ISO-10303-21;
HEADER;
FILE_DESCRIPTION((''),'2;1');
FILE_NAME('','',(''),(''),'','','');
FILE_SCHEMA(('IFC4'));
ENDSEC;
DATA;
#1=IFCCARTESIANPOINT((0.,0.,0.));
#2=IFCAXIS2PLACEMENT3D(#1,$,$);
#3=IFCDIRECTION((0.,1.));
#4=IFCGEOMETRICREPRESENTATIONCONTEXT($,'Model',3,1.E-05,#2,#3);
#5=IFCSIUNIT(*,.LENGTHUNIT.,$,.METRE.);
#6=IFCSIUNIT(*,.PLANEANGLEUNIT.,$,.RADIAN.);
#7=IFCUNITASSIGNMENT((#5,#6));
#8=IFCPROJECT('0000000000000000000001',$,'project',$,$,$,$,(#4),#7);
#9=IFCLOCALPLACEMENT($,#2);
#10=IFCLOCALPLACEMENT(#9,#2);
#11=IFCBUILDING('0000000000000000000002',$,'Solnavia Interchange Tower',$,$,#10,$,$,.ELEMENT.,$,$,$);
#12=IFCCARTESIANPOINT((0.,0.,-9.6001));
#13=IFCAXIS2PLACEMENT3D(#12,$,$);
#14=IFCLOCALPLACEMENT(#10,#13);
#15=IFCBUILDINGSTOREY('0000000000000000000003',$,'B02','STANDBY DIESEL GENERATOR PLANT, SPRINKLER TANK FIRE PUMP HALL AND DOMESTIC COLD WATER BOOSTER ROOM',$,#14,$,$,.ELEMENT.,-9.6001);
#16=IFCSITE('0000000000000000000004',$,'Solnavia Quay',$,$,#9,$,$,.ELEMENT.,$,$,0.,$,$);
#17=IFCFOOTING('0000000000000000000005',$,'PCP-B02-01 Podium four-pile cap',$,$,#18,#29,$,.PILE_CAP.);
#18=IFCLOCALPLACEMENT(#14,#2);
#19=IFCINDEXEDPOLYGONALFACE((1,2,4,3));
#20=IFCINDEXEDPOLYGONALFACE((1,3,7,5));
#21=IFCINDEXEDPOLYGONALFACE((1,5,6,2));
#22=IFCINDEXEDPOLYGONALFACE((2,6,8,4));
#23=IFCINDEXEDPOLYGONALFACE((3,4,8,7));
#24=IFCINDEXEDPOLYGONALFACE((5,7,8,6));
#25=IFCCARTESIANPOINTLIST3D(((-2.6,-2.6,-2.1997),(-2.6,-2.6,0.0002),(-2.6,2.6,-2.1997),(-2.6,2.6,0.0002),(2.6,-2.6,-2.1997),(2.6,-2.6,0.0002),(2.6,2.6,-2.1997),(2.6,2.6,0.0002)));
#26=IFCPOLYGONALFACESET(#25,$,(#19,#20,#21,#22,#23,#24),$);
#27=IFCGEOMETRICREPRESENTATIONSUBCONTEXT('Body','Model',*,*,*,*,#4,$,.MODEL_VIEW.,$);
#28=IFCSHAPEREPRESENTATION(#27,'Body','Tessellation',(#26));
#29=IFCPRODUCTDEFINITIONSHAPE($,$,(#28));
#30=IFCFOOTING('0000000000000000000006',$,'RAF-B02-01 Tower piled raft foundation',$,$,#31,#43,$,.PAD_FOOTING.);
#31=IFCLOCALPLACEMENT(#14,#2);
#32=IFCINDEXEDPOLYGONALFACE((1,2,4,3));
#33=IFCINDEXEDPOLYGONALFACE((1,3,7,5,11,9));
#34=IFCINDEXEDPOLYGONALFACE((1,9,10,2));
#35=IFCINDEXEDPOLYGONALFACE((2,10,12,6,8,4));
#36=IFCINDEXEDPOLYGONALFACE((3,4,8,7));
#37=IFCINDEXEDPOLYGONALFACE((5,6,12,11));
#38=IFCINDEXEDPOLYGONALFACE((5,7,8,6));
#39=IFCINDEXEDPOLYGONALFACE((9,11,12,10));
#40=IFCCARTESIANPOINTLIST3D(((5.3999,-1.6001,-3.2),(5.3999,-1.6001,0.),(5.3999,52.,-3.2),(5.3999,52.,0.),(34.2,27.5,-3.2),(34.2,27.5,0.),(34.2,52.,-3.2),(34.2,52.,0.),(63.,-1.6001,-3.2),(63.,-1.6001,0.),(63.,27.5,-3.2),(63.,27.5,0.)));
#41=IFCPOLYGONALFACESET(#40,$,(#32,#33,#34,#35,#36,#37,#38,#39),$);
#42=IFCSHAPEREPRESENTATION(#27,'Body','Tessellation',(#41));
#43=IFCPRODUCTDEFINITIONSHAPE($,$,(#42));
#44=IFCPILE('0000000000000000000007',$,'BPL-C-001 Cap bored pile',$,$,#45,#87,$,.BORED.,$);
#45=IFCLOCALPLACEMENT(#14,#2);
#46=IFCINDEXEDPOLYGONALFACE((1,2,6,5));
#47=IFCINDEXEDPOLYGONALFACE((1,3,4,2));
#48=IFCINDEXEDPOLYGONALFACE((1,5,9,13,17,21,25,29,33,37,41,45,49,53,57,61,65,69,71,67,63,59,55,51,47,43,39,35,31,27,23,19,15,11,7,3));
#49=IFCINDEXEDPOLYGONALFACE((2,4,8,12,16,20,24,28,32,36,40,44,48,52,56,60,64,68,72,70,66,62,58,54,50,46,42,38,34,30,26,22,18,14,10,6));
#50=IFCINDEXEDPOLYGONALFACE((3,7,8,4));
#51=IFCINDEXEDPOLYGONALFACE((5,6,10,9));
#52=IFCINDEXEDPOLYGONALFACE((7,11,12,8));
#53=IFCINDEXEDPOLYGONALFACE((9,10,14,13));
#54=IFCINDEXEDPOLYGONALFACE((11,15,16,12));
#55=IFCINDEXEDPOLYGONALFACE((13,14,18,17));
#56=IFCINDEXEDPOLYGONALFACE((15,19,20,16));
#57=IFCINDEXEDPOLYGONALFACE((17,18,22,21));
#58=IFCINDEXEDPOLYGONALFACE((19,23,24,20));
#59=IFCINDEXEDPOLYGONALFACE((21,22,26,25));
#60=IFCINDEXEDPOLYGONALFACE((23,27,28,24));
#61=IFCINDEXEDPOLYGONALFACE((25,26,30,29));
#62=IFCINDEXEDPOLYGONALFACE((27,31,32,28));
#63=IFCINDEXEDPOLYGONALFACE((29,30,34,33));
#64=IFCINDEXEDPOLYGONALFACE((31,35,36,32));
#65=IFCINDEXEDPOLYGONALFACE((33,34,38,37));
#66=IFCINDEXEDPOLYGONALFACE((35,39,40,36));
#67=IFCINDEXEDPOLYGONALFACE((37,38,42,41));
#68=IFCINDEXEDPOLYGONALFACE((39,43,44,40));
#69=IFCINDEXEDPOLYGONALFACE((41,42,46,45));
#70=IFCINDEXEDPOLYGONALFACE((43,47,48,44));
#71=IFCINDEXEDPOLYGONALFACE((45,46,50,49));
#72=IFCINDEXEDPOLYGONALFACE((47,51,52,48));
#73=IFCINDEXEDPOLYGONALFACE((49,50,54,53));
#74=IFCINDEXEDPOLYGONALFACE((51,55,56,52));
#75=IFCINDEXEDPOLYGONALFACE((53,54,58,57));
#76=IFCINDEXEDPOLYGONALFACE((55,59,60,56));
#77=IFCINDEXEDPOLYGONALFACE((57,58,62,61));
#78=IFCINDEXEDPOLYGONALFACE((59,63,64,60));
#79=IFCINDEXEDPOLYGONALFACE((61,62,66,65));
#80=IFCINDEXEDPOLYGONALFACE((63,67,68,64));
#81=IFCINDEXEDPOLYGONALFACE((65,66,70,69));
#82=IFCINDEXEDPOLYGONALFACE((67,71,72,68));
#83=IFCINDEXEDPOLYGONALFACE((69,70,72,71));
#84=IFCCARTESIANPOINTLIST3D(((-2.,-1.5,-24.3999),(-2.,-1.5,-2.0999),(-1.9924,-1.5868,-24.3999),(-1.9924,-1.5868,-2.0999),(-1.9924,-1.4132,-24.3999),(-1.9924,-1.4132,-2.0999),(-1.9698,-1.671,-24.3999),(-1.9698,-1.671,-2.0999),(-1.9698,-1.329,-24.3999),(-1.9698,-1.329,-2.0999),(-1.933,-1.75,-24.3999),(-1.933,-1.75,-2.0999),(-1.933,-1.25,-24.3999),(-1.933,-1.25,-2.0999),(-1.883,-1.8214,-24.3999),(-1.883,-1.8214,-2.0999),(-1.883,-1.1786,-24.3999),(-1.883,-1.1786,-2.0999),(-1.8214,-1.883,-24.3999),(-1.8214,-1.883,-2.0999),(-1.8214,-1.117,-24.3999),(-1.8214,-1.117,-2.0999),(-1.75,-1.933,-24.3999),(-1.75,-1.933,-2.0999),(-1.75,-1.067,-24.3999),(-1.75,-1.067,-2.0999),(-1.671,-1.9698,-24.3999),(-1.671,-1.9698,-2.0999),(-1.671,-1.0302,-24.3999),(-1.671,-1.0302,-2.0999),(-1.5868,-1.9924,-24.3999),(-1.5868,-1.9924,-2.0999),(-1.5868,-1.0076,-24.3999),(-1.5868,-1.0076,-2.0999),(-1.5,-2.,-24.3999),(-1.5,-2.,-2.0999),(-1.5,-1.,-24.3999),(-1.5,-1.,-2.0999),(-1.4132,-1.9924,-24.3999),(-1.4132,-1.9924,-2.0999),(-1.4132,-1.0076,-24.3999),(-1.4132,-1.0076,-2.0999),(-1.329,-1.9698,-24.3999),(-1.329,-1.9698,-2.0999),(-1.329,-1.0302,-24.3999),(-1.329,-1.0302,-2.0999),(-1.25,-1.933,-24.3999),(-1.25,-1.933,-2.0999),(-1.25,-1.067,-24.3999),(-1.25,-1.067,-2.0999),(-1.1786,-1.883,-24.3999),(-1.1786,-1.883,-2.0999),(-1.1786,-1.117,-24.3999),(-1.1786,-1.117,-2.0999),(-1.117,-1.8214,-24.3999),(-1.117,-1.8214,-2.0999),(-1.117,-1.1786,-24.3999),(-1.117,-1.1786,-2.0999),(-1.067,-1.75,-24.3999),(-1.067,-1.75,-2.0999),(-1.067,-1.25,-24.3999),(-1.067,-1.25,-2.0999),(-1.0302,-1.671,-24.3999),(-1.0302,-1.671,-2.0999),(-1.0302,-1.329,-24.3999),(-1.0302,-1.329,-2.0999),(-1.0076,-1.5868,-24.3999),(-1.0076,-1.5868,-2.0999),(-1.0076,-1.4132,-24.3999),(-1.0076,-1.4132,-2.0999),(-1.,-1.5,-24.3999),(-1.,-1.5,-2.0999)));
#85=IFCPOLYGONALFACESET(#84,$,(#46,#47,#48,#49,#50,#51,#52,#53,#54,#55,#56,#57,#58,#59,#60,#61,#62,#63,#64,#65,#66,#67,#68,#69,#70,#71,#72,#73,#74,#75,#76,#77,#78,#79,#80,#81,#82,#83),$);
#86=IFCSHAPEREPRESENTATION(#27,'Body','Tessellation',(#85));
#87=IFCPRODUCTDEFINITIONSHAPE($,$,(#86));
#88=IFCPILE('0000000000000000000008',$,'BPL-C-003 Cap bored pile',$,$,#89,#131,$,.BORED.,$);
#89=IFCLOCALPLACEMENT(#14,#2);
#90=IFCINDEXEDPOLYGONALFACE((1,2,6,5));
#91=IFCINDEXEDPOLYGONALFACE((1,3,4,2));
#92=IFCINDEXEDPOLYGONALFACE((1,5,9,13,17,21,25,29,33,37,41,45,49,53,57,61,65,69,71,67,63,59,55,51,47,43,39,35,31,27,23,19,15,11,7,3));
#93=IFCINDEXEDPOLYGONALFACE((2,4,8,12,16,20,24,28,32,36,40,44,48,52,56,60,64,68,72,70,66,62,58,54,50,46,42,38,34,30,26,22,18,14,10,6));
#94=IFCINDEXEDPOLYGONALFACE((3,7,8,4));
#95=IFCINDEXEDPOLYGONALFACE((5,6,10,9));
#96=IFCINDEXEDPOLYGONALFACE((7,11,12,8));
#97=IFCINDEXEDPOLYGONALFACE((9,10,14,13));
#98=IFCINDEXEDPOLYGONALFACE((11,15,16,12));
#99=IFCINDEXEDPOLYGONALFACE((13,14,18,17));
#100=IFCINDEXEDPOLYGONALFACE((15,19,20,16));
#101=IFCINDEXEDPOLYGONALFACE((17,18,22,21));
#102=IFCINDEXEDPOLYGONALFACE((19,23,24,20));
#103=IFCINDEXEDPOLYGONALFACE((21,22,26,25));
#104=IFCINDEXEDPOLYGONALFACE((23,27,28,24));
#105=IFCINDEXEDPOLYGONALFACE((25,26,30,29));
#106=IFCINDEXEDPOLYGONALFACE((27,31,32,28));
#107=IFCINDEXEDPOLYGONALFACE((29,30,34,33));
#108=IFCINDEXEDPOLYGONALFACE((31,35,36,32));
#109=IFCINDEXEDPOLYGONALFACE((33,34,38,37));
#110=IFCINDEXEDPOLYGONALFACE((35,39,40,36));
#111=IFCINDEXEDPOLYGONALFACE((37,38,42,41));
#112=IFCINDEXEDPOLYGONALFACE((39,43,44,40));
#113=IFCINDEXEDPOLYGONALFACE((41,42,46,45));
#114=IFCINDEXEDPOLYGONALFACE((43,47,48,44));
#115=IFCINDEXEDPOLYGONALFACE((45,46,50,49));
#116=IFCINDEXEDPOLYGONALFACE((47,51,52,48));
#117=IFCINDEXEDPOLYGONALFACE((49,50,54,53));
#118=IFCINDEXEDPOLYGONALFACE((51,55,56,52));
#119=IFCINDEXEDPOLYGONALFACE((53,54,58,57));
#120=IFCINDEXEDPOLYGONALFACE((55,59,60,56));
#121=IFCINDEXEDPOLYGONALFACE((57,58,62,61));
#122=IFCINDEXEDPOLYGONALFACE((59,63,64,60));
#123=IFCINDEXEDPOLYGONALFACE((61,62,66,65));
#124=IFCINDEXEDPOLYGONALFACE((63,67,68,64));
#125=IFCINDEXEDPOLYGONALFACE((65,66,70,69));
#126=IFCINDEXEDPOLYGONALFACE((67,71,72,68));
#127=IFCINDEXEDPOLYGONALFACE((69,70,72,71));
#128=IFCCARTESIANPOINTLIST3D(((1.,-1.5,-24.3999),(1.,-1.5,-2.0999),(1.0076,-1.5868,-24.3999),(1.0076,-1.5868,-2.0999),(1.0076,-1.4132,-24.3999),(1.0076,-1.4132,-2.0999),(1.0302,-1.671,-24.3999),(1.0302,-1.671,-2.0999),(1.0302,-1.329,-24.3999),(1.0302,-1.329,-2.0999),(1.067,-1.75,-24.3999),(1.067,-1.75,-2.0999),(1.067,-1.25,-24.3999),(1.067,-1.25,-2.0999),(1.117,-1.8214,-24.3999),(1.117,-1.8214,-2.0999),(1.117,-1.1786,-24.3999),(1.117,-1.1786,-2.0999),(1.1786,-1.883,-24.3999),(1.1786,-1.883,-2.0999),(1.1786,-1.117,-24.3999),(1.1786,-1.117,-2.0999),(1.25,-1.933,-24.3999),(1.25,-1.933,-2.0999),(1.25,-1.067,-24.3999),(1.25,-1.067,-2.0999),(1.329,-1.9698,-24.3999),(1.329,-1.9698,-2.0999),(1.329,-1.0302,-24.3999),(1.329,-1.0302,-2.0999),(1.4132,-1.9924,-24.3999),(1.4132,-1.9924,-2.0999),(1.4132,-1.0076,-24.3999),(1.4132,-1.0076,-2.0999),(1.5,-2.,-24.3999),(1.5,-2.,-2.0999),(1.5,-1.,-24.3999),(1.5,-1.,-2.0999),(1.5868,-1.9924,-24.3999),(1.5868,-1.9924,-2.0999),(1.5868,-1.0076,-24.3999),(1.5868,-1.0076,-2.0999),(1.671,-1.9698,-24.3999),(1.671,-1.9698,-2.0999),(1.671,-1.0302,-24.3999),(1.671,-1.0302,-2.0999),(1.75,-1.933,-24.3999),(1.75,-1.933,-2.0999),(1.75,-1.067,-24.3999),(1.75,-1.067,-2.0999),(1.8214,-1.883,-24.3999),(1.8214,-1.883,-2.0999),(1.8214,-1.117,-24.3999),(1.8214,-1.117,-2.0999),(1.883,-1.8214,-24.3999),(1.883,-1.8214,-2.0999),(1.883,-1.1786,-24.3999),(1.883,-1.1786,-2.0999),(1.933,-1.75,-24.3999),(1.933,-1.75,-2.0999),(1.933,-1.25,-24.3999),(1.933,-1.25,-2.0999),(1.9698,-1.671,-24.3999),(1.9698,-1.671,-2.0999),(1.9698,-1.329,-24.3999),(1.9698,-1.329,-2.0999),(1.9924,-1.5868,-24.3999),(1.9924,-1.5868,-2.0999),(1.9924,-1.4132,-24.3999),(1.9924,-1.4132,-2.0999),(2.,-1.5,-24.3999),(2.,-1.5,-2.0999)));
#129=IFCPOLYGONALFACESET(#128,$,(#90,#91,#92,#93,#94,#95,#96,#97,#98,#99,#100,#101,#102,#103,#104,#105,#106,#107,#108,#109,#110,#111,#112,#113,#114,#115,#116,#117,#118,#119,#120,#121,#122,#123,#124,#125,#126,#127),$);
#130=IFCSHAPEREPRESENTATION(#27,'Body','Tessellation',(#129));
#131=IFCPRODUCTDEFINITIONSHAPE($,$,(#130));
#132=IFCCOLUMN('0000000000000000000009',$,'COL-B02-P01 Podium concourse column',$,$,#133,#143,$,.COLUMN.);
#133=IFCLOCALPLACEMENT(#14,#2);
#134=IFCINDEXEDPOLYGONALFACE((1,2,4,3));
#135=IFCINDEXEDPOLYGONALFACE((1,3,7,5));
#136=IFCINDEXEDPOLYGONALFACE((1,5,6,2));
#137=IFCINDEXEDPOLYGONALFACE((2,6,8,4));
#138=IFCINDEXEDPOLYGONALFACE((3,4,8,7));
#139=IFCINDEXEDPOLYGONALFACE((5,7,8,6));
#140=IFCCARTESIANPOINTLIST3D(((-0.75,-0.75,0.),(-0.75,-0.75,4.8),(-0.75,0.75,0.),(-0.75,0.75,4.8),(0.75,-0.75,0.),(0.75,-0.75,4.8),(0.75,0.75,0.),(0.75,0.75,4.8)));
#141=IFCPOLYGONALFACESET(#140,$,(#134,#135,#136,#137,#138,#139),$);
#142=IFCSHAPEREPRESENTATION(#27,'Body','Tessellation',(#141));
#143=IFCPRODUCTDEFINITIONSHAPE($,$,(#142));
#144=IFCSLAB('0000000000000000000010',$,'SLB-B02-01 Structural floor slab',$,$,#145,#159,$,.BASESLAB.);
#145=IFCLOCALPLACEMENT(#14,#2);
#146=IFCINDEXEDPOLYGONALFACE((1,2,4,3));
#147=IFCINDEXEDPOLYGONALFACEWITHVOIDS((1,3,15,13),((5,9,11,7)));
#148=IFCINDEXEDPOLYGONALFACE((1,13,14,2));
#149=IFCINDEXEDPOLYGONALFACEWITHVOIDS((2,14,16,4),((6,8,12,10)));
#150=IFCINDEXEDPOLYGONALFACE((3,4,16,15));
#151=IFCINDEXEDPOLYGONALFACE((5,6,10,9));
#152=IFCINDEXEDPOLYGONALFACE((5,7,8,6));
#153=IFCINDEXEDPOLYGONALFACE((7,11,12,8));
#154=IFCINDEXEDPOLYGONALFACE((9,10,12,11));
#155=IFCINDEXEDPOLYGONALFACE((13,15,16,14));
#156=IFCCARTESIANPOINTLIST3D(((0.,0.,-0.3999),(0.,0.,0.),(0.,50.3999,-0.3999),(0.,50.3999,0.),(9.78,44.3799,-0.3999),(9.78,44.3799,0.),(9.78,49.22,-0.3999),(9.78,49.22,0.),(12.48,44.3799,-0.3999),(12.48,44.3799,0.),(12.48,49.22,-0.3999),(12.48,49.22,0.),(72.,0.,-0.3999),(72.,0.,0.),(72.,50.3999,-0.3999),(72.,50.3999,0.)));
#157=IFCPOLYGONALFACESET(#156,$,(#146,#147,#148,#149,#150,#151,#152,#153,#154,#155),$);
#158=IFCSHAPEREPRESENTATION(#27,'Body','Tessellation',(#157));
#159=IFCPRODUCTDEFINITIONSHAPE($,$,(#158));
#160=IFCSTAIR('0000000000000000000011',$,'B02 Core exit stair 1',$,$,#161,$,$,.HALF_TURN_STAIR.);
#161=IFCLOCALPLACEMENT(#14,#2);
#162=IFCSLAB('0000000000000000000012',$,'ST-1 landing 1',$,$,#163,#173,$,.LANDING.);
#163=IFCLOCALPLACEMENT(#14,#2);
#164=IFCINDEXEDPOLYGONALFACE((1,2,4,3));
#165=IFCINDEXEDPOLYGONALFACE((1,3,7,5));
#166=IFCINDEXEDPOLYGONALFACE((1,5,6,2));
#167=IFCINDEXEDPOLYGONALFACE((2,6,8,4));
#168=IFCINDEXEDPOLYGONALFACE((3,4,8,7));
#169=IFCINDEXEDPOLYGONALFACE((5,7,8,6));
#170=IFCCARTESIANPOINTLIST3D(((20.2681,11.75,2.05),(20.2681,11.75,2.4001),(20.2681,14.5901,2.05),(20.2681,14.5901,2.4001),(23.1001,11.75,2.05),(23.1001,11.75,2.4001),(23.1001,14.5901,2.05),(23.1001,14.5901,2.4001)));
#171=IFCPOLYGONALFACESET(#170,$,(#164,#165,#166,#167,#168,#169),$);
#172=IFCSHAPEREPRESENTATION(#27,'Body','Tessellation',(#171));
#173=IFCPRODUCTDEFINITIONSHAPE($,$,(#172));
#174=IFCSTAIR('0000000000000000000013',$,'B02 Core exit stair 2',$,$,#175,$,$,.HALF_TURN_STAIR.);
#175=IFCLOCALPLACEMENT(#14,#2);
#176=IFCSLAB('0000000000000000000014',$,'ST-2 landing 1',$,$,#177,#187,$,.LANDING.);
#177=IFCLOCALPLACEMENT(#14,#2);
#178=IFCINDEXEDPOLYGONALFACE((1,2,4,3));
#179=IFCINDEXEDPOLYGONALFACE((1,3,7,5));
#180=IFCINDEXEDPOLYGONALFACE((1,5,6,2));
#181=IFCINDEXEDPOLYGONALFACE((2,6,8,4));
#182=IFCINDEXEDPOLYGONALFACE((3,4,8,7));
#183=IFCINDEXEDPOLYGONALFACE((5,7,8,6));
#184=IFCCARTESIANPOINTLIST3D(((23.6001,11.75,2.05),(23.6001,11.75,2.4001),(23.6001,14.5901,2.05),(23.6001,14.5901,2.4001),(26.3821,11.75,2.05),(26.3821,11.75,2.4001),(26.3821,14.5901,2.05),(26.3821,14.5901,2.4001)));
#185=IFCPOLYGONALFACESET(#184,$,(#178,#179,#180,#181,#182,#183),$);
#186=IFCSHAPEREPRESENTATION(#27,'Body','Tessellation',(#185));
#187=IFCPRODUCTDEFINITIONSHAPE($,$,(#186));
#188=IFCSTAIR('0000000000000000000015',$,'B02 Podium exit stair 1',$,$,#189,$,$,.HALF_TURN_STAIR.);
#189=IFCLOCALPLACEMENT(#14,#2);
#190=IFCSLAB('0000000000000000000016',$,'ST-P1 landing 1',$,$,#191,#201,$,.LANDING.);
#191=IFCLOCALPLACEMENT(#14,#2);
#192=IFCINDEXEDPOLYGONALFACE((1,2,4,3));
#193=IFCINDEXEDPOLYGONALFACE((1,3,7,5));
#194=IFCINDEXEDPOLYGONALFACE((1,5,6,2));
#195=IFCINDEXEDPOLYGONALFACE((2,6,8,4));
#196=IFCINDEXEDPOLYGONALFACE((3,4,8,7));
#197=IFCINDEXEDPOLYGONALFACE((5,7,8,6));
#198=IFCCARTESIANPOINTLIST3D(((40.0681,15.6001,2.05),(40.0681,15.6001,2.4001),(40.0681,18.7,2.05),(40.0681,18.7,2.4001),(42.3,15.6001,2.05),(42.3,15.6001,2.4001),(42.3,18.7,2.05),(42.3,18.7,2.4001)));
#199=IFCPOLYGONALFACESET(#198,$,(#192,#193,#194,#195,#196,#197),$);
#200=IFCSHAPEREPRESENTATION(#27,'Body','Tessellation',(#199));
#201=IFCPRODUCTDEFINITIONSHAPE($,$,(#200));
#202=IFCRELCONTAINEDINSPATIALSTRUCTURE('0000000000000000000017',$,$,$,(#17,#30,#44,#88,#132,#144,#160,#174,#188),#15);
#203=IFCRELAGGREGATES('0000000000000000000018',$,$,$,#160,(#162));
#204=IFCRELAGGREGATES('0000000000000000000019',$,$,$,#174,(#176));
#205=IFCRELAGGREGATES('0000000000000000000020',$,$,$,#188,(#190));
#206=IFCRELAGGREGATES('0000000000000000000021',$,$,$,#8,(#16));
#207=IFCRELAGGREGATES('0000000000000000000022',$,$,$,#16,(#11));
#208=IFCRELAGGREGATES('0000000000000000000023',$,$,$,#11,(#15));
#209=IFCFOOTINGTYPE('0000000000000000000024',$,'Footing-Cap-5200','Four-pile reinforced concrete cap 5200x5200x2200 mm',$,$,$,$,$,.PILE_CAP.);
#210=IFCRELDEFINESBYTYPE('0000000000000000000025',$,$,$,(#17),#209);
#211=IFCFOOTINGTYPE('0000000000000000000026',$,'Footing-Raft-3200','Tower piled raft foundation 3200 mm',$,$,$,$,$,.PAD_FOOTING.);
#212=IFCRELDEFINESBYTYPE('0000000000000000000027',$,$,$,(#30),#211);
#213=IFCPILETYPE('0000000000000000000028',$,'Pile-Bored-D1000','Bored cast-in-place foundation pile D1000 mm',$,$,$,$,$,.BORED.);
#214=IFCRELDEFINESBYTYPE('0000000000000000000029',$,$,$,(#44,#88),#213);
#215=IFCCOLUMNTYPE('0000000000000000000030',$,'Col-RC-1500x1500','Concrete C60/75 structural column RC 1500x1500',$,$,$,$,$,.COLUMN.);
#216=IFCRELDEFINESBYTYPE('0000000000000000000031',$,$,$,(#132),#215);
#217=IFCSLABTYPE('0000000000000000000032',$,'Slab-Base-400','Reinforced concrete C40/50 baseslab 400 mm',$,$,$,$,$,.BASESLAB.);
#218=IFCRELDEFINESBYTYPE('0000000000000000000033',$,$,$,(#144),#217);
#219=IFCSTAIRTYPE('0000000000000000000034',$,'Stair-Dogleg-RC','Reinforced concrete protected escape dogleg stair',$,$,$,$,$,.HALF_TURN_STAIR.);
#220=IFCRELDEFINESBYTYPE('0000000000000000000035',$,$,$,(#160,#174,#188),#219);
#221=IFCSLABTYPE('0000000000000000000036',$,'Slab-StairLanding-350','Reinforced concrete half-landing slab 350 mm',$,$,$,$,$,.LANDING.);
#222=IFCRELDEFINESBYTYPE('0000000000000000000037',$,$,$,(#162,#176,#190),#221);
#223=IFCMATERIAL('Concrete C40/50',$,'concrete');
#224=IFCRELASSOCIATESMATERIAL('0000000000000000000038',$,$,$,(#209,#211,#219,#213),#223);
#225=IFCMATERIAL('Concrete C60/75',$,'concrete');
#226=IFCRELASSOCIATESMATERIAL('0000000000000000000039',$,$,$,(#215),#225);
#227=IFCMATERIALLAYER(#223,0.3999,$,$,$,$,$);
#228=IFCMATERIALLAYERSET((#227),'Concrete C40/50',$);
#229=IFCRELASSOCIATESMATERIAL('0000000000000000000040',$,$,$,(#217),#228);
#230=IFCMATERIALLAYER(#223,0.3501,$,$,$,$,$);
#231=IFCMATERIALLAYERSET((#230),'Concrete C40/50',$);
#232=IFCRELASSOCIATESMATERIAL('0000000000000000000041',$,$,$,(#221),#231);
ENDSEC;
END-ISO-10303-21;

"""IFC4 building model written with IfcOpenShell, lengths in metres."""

from ifc_helpers import new_model, si_unit, direction, frame, origin, origin_with_axes, origin_2d, place, context, subcontext, project, spatial, polyline, rectangle, circle, outline, extrude, material, layer, layer_set, material_profile, profile_set, type_object, element, aggregate, save


model = new_model("IFC4")

# Units and contexts
model_context = context("Model", 3, precision=1e-05, world=origin(), true_north=direction((0.0, 1.0)))
body_context = subcontext(model_context, "Body", "Model", "MODEL_VIEW")
ifc_project = project(units=[si_unit("LENGTHUNIT", "METRE"), si_unit("PLANEANGLEUNIT", "RADIAN")], contexts=[model_context])

# Site, building, storey
site_placement = place(None, origin())
site = spatial("IfcSite", under=ifc_project, at=site_placement, Name="Solnavia Quay", CompositionType="ELEMENT", RefElevation=0.0)
building_placement = place(site_placement, origin())
building = spatial("IfcBuilding", under=site, at=building_placement, Name="Solnavia Interchange Tower", CompositionType="ELEMENT")
storey_placement = place(building_placement, frame((0.0, 0.0, -9.6001)))
storey = spatial("IfcBuildingStorey", under=building, at=storey_placement, Name="B02", Description="STANDBY DIESEL GENERATOR PLANT, SPRINKLER TANK FIRE PUMP HALL AND DOMESTIC COLD WATER BOOSTER ROOM", CompositionType="ELEMENT", Elevation=-9.6001)

# Footings
ifc_material_1 = material(Name="Concrete C40/50", Category="concrete")
footing_type_1 = type_object("IfcFootingType", Name="Footing-Cap-5200", Description="Four-pile reinforced concrete cap 5200x5200x2200 mm", PredefinedType="PILE_CAP", material=ifc_material_1)
footing_1_placement = place(storey_placement, frame((0.0, 0.0, -2.1997), z_axis=(0.0, 0.0, 1.0), x_axis=(1.0, 0.0, 0.0)))
element("IfcFooting", 1, at=footing_1_placement, inside=storey, type_object=footing_type_1, Name="PCP-B02-01 Podium four-pile cap", PredefinedType="PILE_CAP", context=body_context, shape_type="SweptSolid", body=[
    extrude(rectangle(XDim=5.2, YDim=5.2, at=origin_2d()), origin(), (0.0, 0.0, 1.0), 2.2),
])
footing_type_2 = type_object("IfcFootingType", Name="Footing-Raft-3200", Description="Tower piled raft foundation 3200 mm", PredefinedType="PAD_FOOTING", material=ifc_material_1)
footing_2_placement = place(storey_placement, frame((0.0, 0.0, -3.2)))
element("IfcFooting", 2, at=footing_2_placement, inside=storey, type_object=footing_type_2, Name="RAF-B02-01 Tower piled raft foundation", PredefinedType="PAD_FOOTING", context=body_context, shape_type="SweptSolid", body=[
    extrude(outline(polyline([(5.3999, -1.6001), (63.0, -1.6001), (63.0, 27.5), (34.2, 27.5), (34.2, 52.0), (5.3999, 52.0), (5.3999, -1.6001)])), origin(), (0.0, 0.0, 1.0), 3.2),
])

# Piles
ifc_material_profile_1 = material_profile(ifc_material_1, circle(Radius=0.5, at=origin_2d()), Name="PILE D1000")
ifc_profile_set_1 = profile_set([ifc_material_profile_1], Name="Concrete C40/50")
pile_type = type_object("IfcPileType", Name="Pile-Bored-D1000", Description="Bored cast-in-place foundation pile D1000 mm", PredefinedType="BORED", material=ifc_profile_set_1)
for number, where, z_axis, x_axis, name in (
    (3, (-1.5, -1.5, -2.0999), (0.0, 0.0, -1.0), (1.0, 0.0, 0.0), "BPL-C-001 Cap bored pile"),
    (4, (1.5, -1.5, -2.0999), (0.0, 0.0, -1.0), (1.0, 0.0, 0.0), "BPL-C-003 Cap bored pile"),
):
    element("IfcPile", number, at=place(storey_placement, frame(where, z_axis=z_axis, x_axis=x_axis)), inside=storey, type_object=pile_type, Name=name, PredefinedType="BORED", context=body_context, shape_type="SweptSolid", body=[
        extrude(circle(Radius=0.5, at=origin_2d()), origin(), (0.0, 0.0, 1.0), 22.3),
    ])

# Column
ifc_material_2 = material(Name="Concrete C60/75", Category="concrete")
ifc_material_profile_2 = material_profile(ifc_material_2, rectangle(XDim=1.5, YDim=1.5, at=origin_2d()), Name="RC 1500x1500")
ifc_profile_set_2 = profile_set([ifc_material_profile_2], Name="Concrete C60/75")
column_type = type_object("IfcColumnType", Name="Col-RC-1500x1500", Description="Concrete C60/75 structural column RC 1500x1500", PredefinedType="COLUMN", material=ifc_profile_set_2)
column_placement = place(storey_placement, origin_with_axes())
element("IfcColumn", 5, at=column_placement, inside=storey, type_object=column_type, Name="COL-B02-P01 Podium concourse column", PredefinedType="COLUMN", context=body_context, shape_type="SweptSolid", body=[
    extrude(rectangle(XDim=1.5, YDim=1.5, at=origin_2d()), origin(), (0.0, 0.0, 1.0), 4.8),
])

# Slab
ifc_layer_1 = layer(ifc_material_1, 0.3999)
ifc_layer_set_1 = layer_set([ifc_layer_1], Name="Concrete C40/50")
slab_type_1 = type_object("IfcSlabType", Name="Slab-Base-400", Description="Reinforced concrete C40/50 baseslab 400 mm", PredefinedType="BASESLAB", material=ifc_layer_set_1)
slab_1_placement = place(storey_placement, frame((0.0, 0.0, -0.3999)))
element("IfcSlab", 6, at=slab_1_placement, inside=storey, type_object=slab_type_1, Name="SLB-B02-01 Structural floor slab", PredefinedType="BASESLAB", context=body_context, shape_type="SweptSolid", body=[
    extrude(outline(polyline([(0.0, 0.0), (72.0, 0.0), (72.0, 50.3999), (0.0, 50.3999), (0.0, 0.0)]), holes=[polyline([(9.78, 44.3799), (12.48, 44.3799), (12.48, 49.22), (9.78, 49.22), (9.78, 44.3799)])]), origin(), (0.0, 0.0, 1.0), 0.3999),
])

# Stairs, slabs
stair_type = type_object("IfcStairType", Name="Stair-Dogleg-RC", Description="Reinforced concrete protected escape dogleg stair", PredefinedType="HALF_TURN_STAIR", material=ifc_material_1)
stair_1_placement = place(storey_placement, origin())
stair_1 = element("IfcStair", 7, at=stair_1_placement, inside=storey, type_object=stair_type, Name="B02 Core exit stair 1", PredefinedType="HALF_TURN_STAIR")
ifc_layer_2 = layer(ifc_material_1, 0.3501)
ifc_layer_set_2 = layer_set([ifc_layer_2], Name="Concrete C40/50")
slab_type_2 = type_object("IfcSlabType", Name="Slab-StairLanding-350", Description="Reinforced concrete half-landing slab 350 mm", PredefinedType="LANDING", material=ifc_layer_set_2)
slab_2_placement = place(storey_placement, frame((0.0, 0.0, 2.05)))
slab_2 = element("IfcSlab", 8, at=slab_2_placement, type_object=slab_type_2, Name="ST-1 landing 1", PredefinedType="LANDING", context=body_context, shape_type="SweptSolid", body=[
    extrude(outline(polyline([(20.2681, 11.75), (23.1001, 11.75), (23.1001, 14.5901), (20.2681, 14.5901), (20.2681, 11.75)])), origin(), (0.0, 0.0, 1.0), 0.3501),
])
aggregate(stair_1, [slab_2])
stair_2_placement = place(storey_placement, origin())
stair_2 = element("IfcStair", 9, at=stair_2_placement, inside=storey, type_object=stair_type, Name="B02 Core exit stair 2", PredefinedType="HALF_TURN_STAIR")
slab_3_placement = place(storey_placement, frame((0.0, 0.0, 2.05)))
slab_3 = element("IfcSlab", 10, at=slab_3_placement, type_object=slab_type_2, Name="ST-2 landing 1", PredefinedType="LANDING", context=body_context, shape_type="SweptSolid", body=[
    extrude(outline(polyline([(23.6001, 11.75), (26.3821, 11.75), (26.3821, 14.5901), (23.6001, 14.5901), (23.6001, 11.75)])), origin(), (0.0, 0.0, 1.0), 0.3501),
])
aggregate(stair_2, [slab_3])
stair_3_placement = place(storey_placement, origin())
stair_3 = element("IfcStair", 11, at=stair_3_placement, inside=storey, type_object=stair_type, Name="B02 Podium exit stair 1", PredefinedType="HALF_TURN_STAIR")
slab_4_placement = place(storey_placement, frame((0.0, 0.0, 2.05)))
slab_4 = element("IfcSlab", 12, at=slab_4_placement, type_object=slab_type_2, Name="ST-P1 landing 1", PredefinedType="LANDING", context=body_context, shape_type="SweptSolid", body=[
    extrude(outline(polyline([(40.0681, 15.6001), (42.3, 15.6001), (42.3, 18.7), (40.0681, 18.7), (40.0681, 15.6001)])), origin(), (0.0, 0.0, 1.0), 0.3501),
])
aggregate(stair_3, [slab_4])

save(model, "model.ifc")
